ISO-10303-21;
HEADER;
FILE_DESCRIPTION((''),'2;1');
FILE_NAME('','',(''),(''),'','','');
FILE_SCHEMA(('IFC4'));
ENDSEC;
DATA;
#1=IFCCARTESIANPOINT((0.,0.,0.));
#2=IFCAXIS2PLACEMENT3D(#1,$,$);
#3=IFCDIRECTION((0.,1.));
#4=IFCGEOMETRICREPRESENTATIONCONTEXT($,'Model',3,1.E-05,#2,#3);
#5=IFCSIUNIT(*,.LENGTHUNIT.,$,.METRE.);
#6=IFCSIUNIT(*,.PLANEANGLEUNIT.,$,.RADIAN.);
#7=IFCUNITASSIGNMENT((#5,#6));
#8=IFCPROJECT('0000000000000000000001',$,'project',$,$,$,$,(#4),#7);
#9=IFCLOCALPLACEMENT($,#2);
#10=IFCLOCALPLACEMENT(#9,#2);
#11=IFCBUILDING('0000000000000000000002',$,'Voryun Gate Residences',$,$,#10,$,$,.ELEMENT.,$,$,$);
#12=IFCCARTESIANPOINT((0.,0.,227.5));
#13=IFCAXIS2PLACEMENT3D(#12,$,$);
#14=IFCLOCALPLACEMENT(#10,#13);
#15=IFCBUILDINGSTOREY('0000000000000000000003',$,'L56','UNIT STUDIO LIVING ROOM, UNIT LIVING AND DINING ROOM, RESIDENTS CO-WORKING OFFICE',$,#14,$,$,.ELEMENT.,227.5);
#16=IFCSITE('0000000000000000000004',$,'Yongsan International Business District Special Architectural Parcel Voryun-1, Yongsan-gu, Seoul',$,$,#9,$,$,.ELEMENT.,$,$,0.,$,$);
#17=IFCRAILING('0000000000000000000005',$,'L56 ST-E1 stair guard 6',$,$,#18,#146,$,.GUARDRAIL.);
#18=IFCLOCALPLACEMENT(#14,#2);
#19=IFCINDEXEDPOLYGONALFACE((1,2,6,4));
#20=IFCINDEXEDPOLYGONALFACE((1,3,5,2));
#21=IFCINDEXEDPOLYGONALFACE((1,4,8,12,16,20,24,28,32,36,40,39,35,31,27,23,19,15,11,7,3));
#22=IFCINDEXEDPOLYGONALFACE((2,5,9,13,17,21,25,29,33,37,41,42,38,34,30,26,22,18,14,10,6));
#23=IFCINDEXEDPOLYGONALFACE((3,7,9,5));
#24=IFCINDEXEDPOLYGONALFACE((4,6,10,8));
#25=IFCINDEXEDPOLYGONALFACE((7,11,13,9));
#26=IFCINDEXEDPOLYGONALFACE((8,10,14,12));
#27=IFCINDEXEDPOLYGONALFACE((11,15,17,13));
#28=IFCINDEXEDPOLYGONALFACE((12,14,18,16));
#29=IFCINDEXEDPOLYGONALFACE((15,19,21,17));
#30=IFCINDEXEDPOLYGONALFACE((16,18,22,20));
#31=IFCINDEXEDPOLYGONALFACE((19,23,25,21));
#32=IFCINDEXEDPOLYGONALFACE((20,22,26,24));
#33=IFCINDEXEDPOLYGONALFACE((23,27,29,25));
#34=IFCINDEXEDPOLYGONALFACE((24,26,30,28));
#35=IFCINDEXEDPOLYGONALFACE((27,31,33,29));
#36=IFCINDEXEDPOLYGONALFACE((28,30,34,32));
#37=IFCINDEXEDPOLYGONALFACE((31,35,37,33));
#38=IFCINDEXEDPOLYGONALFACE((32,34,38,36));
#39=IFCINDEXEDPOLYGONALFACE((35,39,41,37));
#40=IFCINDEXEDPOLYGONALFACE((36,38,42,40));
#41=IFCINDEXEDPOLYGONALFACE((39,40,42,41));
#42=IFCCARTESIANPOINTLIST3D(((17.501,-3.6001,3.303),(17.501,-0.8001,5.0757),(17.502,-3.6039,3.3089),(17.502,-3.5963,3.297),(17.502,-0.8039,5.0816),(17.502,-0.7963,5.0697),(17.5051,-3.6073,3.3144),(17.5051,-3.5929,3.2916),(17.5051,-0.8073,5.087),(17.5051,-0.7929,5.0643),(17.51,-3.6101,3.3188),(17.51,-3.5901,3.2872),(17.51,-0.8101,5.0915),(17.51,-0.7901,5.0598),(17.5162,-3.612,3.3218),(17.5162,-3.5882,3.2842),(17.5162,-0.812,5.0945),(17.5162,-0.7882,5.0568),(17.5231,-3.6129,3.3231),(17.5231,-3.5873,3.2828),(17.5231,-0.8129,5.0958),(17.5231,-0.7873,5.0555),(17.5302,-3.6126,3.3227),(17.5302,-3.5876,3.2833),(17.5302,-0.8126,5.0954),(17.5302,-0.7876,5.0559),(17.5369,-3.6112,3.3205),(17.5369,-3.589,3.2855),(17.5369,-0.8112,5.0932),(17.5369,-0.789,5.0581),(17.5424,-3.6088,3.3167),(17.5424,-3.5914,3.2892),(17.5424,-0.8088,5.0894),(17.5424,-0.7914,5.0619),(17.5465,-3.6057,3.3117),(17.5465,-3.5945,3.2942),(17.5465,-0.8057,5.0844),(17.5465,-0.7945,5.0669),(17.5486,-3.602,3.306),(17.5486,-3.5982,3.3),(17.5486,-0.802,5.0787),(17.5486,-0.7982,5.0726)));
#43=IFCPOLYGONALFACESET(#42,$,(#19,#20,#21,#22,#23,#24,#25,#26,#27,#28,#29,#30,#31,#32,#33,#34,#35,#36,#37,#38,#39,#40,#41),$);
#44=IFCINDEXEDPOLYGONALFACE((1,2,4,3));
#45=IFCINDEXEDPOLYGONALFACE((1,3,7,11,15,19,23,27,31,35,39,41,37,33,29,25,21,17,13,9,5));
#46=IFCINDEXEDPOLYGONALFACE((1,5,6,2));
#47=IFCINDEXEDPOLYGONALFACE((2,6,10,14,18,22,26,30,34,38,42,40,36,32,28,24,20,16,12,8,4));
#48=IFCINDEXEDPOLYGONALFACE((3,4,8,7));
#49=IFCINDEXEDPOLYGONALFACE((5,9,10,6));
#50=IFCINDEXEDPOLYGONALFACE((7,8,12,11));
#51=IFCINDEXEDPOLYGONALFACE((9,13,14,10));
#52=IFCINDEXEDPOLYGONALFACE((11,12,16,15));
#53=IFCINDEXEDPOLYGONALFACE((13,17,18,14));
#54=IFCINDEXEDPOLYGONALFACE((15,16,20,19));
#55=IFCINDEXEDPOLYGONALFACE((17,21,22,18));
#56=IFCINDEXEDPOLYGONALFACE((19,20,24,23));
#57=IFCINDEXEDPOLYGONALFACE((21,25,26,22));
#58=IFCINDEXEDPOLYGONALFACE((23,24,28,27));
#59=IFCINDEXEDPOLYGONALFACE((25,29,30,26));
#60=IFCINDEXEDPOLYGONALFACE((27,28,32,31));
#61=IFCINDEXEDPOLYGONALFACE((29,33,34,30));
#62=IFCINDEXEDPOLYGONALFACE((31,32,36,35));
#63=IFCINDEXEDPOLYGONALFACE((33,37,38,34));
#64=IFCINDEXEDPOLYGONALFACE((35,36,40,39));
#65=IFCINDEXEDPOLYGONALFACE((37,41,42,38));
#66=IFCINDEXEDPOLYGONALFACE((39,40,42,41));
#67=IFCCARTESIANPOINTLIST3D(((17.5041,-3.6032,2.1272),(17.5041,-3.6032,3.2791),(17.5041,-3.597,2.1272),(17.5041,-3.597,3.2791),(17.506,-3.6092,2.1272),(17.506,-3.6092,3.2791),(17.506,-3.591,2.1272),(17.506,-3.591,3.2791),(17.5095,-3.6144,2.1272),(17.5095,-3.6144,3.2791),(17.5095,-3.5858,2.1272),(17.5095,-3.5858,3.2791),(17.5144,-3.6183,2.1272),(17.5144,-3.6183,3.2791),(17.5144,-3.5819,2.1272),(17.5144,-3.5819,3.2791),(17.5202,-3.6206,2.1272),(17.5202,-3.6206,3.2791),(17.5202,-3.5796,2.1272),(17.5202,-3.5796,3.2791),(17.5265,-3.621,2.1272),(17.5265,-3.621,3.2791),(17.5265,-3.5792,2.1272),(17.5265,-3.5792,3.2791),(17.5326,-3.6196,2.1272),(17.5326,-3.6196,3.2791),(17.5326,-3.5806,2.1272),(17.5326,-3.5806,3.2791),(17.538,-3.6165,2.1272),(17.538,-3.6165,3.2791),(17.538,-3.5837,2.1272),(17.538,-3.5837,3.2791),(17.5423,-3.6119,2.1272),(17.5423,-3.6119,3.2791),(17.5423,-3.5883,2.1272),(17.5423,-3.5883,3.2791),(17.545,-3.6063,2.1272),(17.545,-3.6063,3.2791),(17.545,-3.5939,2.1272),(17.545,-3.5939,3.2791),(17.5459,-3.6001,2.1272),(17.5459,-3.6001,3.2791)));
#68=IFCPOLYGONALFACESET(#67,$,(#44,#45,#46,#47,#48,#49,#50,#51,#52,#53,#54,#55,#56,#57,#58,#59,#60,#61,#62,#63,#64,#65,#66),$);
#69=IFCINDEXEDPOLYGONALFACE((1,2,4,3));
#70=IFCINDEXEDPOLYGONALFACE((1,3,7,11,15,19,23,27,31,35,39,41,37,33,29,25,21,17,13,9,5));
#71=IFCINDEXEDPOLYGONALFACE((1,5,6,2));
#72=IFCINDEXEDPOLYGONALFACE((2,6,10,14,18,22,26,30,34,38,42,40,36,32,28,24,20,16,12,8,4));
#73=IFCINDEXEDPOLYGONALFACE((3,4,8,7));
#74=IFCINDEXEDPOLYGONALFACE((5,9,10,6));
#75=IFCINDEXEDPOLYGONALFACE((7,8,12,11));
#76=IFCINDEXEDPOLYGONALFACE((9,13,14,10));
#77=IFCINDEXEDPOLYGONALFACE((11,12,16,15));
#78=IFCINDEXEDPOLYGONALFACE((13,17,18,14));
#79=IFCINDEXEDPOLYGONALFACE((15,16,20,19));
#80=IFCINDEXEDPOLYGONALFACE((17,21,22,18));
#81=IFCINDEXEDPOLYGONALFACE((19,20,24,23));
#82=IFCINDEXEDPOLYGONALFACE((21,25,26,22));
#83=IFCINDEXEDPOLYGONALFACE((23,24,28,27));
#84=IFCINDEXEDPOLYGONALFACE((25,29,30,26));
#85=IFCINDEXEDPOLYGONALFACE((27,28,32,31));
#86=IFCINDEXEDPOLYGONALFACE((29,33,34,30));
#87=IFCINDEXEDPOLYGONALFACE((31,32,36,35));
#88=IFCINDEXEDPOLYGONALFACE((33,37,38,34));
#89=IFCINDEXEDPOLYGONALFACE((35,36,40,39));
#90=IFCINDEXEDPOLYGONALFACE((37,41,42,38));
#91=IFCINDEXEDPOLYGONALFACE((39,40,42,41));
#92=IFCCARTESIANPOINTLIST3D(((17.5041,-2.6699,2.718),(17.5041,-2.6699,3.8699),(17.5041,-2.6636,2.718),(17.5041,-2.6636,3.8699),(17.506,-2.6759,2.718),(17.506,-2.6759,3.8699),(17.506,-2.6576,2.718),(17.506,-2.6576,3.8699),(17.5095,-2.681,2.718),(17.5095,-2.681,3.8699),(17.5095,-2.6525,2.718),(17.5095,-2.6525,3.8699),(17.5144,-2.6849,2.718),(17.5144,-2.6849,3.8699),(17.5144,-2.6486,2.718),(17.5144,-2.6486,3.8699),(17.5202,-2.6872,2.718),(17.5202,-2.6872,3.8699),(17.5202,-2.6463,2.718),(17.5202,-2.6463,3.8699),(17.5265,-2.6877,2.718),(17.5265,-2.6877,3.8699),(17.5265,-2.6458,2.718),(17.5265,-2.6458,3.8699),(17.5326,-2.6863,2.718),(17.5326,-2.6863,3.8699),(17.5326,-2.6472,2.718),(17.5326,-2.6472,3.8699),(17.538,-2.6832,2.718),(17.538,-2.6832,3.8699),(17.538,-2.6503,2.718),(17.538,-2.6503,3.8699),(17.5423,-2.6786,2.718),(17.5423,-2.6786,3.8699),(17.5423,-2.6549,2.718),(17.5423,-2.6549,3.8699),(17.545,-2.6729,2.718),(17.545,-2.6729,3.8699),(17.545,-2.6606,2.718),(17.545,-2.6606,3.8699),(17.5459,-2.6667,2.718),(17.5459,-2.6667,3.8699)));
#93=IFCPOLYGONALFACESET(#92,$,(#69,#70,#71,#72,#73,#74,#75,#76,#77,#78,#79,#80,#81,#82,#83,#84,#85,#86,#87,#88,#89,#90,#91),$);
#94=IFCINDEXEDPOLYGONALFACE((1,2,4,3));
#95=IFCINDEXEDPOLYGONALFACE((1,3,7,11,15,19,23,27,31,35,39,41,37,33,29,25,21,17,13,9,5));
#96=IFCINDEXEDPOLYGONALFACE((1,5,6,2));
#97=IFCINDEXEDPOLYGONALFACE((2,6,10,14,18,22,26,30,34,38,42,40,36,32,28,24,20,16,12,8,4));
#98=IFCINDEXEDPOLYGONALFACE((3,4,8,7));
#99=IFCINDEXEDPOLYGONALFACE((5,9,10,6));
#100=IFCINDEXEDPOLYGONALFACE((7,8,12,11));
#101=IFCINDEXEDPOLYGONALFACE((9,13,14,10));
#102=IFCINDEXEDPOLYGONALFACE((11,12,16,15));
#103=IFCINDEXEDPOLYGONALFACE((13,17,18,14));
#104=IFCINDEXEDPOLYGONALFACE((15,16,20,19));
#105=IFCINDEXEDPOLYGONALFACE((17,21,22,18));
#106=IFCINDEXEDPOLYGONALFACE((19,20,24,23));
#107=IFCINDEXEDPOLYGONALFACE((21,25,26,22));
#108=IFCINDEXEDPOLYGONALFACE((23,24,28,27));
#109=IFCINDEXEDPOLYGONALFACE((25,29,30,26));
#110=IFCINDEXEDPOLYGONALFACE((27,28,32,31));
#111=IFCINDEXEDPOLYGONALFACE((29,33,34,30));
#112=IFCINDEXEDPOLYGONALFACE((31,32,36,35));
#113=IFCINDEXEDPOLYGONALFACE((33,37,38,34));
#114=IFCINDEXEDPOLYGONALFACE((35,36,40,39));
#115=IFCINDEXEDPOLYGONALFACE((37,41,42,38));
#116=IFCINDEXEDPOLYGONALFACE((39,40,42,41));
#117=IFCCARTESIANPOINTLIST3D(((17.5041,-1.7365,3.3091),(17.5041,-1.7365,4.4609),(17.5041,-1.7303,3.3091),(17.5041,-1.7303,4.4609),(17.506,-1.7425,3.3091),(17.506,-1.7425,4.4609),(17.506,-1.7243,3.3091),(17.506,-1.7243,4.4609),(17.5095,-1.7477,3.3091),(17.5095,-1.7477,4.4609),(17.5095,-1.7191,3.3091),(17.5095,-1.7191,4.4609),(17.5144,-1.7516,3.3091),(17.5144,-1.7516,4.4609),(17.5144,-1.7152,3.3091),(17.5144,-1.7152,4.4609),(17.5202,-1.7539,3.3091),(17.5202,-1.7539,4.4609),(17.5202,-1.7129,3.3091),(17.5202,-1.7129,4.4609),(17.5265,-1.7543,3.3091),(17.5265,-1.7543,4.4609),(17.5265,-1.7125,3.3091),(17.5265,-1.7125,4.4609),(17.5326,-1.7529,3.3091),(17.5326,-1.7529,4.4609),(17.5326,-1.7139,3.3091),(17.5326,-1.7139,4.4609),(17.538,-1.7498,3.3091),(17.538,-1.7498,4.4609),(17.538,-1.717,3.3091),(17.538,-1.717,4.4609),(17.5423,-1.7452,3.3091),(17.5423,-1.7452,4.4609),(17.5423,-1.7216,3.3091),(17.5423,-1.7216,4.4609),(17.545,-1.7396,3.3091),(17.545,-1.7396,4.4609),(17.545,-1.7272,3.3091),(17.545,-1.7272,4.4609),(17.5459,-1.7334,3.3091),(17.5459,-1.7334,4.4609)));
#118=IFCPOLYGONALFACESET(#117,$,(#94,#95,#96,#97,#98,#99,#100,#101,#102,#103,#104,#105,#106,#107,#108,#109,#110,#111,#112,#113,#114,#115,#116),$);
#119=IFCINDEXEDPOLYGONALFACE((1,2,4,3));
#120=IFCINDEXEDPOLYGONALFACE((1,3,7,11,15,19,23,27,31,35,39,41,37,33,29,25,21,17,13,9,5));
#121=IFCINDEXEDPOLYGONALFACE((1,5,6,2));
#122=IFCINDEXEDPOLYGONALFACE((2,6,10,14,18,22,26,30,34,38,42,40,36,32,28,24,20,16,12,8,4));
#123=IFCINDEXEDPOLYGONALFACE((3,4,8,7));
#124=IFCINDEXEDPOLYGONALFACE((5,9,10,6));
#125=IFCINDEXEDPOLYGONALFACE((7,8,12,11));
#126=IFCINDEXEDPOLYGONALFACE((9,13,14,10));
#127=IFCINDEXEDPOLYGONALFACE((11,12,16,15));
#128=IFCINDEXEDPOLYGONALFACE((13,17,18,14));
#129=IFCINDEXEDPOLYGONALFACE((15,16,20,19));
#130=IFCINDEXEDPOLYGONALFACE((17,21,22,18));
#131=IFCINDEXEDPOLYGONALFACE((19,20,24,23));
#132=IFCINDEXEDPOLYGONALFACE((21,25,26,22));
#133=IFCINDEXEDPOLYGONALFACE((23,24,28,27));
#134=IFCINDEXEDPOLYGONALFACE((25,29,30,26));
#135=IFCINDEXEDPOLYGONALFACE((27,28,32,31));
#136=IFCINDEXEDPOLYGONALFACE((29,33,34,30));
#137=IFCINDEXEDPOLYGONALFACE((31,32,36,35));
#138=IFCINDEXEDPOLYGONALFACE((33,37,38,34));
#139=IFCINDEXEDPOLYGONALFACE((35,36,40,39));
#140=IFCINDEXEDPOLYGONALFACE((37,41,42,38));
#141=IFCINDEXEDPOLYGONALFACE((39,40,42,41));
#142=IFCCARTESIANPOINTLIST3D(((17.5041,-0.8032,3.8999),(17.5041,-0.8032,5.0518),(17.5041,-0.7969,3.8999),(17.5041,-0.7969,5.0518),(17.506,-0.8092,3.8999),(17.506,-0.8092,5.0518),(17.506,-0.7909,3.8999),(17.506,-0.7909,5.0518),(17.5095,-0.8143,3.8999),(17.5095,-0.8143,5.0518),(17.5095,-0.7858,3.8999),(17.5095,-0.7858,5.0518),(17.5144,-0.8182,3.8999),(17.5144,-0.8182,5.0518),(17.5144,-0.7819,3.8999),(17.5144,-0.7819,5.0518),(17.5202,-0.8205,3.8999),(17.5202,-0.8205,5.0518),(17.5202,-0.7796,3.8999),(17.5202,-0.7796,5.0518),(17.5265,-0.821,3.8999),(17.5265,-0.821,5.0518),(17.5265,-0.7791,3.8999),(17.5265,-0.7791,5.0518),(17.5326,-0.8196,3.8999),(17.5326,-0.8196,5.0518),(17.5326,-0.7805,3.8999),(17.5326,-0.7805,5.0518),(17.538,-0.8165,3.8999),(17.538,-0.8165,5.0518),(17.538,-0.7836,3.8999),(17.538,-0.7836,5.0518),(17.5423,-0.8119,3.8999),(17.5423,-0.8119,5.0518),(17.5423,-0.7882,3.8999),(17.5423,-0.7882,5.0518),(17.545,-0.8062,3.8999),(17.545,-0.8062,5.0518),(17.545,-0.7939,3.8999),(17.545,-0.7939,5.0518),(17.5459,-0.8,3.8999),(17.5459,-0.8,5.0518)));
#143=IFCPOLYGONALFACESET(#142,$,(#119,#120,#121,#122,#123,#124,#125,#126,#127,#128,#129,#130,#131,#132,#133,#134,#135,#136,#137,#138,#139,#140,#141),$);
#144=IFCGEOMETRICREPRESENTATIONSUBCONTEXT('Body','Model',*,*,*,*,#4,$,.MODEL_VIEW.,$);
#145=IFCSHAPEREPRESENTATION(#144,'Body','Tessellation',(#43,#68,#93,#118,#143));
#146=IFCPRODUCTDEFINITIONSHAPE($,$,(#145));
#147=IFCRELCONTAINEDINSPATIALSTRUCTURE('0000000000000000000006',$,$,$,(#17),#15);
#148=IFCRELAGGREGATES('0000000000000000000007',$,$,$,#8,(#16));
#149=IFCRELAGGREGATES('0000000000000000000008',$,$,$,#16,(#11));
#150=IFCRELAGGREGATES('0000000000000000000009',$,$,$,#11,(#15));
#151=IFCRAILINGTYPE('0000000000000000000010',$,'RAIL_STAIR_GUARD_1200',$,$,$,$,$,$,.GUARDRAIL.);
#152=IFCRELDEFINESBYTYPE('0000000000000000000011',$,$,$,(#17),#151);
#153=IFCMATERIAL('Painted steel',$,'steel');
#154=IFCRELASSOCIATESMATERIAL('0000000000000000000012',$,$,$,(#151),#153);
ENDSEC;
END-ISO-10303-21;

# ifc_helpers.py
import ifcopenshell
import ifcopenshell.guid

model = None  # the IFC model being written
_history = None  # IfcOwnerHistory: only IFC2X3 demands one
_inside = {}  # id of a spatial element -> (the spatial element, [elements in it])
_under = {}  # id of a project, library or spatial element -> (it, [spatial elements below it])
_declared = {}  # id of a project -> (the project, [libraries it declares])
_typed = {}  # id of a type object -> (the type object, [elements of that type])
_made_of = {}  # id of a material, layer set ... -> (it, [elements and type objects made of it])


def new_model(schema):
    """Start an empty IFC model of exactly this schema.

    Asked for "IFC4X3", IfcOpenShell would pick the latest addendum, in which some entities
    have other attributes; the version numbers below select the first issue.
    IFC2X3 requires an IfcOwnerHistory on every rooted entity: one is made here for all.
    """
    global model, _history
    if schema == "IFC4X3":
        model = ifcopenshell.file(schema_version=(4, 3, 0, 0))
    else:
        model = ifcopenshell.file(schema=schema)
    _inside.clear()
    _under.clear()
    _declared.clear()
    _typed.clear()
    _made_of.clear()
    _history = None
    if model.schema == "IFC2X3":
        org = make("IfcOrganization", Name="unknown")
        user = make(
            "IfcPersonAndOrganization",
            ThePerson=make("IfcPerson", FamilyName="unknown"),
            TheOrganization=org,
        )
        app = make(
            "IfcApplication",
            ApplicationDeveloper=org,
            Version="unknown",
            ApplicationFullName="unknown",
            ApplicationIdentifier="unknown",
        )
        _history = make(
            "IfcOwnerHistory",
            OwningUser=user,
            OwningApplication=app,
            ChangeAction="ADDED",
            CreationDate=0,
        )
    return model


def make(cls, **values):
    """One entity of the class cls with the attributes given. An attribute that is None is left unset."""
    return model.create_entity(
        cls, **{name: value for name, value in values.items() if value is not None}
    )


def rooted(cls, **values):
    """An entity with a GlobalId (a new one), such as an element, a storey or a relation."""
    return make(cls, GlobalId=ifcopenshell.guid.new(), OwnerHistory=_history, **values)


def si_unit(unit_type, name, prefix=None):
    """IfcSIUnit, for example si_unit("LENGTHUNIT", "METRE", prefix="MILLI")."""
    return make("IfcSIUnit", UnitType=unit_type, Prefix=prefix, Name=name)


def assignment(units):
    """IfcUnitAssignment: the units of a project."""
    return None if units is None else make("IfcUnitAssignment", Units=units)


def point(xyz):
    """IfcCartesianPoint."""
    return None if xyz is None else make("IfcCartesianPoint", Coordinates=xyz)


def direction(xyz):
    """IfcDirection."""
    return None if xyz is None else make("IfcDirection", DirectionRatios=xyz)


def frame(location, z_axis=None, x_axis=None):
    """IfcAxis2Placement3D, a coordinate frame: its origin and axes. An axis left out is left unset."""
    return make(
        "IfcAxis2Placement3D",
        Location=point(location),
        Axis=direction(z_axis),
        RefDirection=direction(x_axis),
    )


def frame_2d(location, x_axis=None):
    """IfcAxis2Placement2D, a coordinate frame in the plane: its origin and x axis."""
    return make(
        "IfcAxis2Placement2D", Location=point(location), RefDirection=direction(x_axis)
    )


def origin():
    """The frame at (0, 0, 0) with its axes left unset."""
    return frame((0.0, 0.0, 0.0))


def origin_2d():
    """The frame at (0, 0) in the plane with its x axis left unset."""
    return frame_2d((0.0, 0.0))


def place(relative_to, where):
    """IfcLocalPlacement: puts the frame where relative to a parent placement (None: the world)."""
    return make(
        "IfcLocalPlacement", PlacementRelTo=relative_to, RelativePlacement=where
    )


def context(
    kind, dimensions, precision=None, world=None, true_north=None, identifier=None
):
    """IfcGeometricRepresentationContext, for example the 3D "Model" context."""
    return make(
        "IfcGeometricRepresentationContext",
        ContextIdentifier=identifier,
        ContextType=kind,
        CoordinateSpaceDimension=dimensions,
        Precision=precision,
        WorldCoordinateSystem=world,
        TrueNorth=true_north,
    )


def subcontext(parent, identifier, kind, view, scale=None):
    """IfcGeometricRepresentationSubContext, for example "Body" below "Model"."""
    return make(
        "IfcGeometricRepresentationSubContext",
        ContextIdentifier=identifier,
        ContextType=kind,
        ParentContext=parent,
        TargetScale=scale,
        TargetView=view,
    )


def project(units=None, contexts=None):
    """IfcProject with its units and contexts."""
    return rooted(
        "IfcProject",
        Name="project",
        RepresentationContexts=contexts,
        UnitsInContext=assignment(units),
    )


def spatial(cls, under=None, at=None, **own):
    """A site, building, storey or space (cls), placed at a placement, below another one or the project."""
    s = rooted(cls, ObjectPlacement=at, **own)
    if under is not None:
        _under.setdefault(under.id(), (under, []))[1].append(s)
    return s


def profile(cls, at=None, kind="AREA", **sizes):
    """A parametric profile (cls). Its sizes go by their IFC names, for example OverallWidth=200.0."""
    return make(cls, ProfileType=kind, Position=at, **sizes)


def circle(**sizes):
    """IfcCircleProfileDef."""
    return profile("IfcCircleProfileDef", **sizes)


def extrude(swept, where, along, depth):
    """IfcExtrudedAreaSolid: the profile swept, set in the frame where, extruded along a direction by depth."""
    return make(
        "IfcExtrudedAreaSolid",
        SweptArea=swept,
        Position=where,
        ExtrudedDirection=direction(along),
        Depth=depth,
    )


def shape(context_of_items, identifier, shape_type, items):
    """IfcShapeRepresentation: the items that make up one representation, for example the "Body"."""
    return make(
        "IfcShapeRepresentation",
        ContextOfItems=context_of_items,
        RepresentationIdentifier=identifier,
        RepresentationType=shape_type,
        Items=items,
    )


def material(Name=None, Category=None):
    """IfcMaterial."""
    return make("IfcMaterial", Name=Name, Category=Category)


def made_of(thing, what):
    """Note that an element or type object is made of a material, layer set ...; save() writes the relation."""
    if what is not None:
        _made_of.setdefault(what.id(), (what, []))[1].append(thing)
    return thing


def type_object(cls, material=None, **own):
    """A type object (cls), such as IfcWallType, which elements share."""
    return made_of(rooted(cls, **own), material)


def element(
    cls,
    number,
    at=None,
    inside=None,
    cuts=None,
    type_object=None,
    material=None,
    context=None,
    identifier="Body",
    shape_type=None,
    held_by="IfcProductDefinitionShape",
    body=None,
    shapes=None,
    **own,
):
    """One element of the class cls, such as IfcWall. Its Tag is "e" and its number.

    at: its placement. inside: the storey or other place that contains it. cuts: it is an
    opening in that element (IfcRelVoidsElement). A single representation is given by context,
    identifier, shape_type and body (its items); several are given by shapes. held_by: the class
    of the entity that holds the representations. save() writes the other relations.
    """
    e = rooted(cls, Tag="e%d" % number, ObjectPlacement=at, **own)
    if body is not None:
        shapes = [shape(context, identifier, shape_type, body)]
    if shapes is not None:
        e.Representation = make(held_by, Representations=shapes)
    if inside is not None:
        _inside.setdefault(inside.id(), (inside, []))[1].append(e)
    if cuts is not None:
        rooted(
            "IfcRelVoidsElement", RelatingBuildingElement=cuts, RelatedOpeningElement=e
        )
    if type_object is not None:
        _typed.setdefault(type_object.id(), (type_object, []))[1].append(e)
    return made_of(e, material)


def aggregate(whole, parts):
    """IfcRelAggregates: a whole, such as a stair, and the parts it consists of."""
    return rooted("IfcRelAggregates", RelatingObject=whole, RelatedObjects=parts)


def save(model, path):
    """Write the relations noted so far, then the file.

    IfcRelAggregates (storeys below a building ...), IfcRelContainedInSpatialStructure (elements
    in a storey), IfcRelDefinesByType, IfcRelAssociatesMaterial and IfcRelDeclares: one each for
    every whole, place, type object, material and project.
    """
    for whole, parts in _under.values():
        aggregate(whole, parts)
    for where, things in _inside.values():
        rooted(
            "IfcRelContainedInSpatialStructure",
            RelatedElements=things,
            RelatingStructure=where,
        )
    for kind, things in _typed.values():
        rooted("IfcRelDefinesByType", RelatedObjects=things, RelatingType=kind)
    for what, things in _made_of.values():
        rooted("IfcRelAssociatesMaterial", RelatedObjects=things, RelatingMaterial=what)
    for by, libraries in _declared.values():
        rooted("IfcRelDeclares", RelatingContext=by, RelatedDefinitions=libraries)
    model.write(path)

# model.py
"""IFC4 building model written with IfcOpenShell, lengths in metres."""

from ifc_helpers import new_model, si_unit, direction, frame, origin, origin_2d, place, context, subcontext, project, spatial, circle, extrude, material, type_object, element, save


model = new_model("IFC4")

# Units and contexts
model_context = context("Model", 3, precision=1e-05, world=origin(), true_north=direction((0.0, 1.0)))
body_context = subcontext(model_context, "Body", "Model", "MODEL_VIEW")
ifc_project = project(units=[si_unit("LENGTHUNIT", "METRE"), si_unit("PLANEANGLEUNIT", "RADIAN")], contexts=[model_context])

# Site, building, storey
site_placement = place(None, origin())
site = spatial("IfcSite", under=ifc_project, at=site_placement, Name="Yongsan International Business District Special Architectural Parcel Voryun-1, Yongsan-gu, Seoul", CompositionType="ELEMENT", RefElevation=0.0)
building_placement = place(site_placement, origin())
building = spatial("IfcBuilding", under=site, at=building_placement, Name="Voryun Gate Residences", CompositionType="ELEMENT")
storey_placement = place(building_placement, frame((0.0, 0.0, 227.5)))
storey = spatial("IfcBuildingStorey", under=building, at=storey_placement, Name="L56", Description="UNIT STUDIO LIVING ROOM, UNIT LIVING AND DINING ROOM, RESIDENTS CO-WORKING OFFICE", CompositionType="ELEMENT", Elevation=227.5)

# Railing
ifc_material_1 = material(Name="Painted steel", Category="steel")
railing_type_1 = type_object("IfcRailingType", Name="RAIL_STAIR_GUARD_1200", PredefinedType="GUARDRAIL", material=ifc_material_1)
railing_1_placement = place(storey_placement, frame((17.5249, -3.6001, 2.1272)))
element("IfcRailing", 1, at=railing_1_placement, inside=storey, type_object=railing_type_1, Name="L56 ST-E1 stair guard 6", PredefinedType="GUARDRAIL", context=body_context, shape_type="SweptSolid", body=[
    extrude(circle(Radius=0.0239, at=origin_2d()), frame((0.0, 0.0, 1.1758), z_axis=(0.0, 0.844909, 0.53491), x_axis=(-1.0, 0.0, 0.0)), (0.0, 0.0, 1.0), 3.314),
    extrude(circle(Radius=0.021, at=origin_2d()), origin(), (0.0, 0.0, 1.0), 1.1519),
    extrude(circle(Radius=0.021, at=origin_2d()), frame((0.0, 0.9333, 0.5908)), (0.0, 0.0, 1.0), 1.1519),
    extrude(circle(Radius=0.021, at=origin_2d()), frame((0.0, 1.8667, 1.1819)), (0.0, 0.0, 1.0), 1.1519),
    extrude(circle(Radius=0.021, at=origin_2d()), frame((0.0, 2.8, 1.7727)), (0.0, 0.0, 1.0), 1.1519),
])

save(model, "model.ifc")
